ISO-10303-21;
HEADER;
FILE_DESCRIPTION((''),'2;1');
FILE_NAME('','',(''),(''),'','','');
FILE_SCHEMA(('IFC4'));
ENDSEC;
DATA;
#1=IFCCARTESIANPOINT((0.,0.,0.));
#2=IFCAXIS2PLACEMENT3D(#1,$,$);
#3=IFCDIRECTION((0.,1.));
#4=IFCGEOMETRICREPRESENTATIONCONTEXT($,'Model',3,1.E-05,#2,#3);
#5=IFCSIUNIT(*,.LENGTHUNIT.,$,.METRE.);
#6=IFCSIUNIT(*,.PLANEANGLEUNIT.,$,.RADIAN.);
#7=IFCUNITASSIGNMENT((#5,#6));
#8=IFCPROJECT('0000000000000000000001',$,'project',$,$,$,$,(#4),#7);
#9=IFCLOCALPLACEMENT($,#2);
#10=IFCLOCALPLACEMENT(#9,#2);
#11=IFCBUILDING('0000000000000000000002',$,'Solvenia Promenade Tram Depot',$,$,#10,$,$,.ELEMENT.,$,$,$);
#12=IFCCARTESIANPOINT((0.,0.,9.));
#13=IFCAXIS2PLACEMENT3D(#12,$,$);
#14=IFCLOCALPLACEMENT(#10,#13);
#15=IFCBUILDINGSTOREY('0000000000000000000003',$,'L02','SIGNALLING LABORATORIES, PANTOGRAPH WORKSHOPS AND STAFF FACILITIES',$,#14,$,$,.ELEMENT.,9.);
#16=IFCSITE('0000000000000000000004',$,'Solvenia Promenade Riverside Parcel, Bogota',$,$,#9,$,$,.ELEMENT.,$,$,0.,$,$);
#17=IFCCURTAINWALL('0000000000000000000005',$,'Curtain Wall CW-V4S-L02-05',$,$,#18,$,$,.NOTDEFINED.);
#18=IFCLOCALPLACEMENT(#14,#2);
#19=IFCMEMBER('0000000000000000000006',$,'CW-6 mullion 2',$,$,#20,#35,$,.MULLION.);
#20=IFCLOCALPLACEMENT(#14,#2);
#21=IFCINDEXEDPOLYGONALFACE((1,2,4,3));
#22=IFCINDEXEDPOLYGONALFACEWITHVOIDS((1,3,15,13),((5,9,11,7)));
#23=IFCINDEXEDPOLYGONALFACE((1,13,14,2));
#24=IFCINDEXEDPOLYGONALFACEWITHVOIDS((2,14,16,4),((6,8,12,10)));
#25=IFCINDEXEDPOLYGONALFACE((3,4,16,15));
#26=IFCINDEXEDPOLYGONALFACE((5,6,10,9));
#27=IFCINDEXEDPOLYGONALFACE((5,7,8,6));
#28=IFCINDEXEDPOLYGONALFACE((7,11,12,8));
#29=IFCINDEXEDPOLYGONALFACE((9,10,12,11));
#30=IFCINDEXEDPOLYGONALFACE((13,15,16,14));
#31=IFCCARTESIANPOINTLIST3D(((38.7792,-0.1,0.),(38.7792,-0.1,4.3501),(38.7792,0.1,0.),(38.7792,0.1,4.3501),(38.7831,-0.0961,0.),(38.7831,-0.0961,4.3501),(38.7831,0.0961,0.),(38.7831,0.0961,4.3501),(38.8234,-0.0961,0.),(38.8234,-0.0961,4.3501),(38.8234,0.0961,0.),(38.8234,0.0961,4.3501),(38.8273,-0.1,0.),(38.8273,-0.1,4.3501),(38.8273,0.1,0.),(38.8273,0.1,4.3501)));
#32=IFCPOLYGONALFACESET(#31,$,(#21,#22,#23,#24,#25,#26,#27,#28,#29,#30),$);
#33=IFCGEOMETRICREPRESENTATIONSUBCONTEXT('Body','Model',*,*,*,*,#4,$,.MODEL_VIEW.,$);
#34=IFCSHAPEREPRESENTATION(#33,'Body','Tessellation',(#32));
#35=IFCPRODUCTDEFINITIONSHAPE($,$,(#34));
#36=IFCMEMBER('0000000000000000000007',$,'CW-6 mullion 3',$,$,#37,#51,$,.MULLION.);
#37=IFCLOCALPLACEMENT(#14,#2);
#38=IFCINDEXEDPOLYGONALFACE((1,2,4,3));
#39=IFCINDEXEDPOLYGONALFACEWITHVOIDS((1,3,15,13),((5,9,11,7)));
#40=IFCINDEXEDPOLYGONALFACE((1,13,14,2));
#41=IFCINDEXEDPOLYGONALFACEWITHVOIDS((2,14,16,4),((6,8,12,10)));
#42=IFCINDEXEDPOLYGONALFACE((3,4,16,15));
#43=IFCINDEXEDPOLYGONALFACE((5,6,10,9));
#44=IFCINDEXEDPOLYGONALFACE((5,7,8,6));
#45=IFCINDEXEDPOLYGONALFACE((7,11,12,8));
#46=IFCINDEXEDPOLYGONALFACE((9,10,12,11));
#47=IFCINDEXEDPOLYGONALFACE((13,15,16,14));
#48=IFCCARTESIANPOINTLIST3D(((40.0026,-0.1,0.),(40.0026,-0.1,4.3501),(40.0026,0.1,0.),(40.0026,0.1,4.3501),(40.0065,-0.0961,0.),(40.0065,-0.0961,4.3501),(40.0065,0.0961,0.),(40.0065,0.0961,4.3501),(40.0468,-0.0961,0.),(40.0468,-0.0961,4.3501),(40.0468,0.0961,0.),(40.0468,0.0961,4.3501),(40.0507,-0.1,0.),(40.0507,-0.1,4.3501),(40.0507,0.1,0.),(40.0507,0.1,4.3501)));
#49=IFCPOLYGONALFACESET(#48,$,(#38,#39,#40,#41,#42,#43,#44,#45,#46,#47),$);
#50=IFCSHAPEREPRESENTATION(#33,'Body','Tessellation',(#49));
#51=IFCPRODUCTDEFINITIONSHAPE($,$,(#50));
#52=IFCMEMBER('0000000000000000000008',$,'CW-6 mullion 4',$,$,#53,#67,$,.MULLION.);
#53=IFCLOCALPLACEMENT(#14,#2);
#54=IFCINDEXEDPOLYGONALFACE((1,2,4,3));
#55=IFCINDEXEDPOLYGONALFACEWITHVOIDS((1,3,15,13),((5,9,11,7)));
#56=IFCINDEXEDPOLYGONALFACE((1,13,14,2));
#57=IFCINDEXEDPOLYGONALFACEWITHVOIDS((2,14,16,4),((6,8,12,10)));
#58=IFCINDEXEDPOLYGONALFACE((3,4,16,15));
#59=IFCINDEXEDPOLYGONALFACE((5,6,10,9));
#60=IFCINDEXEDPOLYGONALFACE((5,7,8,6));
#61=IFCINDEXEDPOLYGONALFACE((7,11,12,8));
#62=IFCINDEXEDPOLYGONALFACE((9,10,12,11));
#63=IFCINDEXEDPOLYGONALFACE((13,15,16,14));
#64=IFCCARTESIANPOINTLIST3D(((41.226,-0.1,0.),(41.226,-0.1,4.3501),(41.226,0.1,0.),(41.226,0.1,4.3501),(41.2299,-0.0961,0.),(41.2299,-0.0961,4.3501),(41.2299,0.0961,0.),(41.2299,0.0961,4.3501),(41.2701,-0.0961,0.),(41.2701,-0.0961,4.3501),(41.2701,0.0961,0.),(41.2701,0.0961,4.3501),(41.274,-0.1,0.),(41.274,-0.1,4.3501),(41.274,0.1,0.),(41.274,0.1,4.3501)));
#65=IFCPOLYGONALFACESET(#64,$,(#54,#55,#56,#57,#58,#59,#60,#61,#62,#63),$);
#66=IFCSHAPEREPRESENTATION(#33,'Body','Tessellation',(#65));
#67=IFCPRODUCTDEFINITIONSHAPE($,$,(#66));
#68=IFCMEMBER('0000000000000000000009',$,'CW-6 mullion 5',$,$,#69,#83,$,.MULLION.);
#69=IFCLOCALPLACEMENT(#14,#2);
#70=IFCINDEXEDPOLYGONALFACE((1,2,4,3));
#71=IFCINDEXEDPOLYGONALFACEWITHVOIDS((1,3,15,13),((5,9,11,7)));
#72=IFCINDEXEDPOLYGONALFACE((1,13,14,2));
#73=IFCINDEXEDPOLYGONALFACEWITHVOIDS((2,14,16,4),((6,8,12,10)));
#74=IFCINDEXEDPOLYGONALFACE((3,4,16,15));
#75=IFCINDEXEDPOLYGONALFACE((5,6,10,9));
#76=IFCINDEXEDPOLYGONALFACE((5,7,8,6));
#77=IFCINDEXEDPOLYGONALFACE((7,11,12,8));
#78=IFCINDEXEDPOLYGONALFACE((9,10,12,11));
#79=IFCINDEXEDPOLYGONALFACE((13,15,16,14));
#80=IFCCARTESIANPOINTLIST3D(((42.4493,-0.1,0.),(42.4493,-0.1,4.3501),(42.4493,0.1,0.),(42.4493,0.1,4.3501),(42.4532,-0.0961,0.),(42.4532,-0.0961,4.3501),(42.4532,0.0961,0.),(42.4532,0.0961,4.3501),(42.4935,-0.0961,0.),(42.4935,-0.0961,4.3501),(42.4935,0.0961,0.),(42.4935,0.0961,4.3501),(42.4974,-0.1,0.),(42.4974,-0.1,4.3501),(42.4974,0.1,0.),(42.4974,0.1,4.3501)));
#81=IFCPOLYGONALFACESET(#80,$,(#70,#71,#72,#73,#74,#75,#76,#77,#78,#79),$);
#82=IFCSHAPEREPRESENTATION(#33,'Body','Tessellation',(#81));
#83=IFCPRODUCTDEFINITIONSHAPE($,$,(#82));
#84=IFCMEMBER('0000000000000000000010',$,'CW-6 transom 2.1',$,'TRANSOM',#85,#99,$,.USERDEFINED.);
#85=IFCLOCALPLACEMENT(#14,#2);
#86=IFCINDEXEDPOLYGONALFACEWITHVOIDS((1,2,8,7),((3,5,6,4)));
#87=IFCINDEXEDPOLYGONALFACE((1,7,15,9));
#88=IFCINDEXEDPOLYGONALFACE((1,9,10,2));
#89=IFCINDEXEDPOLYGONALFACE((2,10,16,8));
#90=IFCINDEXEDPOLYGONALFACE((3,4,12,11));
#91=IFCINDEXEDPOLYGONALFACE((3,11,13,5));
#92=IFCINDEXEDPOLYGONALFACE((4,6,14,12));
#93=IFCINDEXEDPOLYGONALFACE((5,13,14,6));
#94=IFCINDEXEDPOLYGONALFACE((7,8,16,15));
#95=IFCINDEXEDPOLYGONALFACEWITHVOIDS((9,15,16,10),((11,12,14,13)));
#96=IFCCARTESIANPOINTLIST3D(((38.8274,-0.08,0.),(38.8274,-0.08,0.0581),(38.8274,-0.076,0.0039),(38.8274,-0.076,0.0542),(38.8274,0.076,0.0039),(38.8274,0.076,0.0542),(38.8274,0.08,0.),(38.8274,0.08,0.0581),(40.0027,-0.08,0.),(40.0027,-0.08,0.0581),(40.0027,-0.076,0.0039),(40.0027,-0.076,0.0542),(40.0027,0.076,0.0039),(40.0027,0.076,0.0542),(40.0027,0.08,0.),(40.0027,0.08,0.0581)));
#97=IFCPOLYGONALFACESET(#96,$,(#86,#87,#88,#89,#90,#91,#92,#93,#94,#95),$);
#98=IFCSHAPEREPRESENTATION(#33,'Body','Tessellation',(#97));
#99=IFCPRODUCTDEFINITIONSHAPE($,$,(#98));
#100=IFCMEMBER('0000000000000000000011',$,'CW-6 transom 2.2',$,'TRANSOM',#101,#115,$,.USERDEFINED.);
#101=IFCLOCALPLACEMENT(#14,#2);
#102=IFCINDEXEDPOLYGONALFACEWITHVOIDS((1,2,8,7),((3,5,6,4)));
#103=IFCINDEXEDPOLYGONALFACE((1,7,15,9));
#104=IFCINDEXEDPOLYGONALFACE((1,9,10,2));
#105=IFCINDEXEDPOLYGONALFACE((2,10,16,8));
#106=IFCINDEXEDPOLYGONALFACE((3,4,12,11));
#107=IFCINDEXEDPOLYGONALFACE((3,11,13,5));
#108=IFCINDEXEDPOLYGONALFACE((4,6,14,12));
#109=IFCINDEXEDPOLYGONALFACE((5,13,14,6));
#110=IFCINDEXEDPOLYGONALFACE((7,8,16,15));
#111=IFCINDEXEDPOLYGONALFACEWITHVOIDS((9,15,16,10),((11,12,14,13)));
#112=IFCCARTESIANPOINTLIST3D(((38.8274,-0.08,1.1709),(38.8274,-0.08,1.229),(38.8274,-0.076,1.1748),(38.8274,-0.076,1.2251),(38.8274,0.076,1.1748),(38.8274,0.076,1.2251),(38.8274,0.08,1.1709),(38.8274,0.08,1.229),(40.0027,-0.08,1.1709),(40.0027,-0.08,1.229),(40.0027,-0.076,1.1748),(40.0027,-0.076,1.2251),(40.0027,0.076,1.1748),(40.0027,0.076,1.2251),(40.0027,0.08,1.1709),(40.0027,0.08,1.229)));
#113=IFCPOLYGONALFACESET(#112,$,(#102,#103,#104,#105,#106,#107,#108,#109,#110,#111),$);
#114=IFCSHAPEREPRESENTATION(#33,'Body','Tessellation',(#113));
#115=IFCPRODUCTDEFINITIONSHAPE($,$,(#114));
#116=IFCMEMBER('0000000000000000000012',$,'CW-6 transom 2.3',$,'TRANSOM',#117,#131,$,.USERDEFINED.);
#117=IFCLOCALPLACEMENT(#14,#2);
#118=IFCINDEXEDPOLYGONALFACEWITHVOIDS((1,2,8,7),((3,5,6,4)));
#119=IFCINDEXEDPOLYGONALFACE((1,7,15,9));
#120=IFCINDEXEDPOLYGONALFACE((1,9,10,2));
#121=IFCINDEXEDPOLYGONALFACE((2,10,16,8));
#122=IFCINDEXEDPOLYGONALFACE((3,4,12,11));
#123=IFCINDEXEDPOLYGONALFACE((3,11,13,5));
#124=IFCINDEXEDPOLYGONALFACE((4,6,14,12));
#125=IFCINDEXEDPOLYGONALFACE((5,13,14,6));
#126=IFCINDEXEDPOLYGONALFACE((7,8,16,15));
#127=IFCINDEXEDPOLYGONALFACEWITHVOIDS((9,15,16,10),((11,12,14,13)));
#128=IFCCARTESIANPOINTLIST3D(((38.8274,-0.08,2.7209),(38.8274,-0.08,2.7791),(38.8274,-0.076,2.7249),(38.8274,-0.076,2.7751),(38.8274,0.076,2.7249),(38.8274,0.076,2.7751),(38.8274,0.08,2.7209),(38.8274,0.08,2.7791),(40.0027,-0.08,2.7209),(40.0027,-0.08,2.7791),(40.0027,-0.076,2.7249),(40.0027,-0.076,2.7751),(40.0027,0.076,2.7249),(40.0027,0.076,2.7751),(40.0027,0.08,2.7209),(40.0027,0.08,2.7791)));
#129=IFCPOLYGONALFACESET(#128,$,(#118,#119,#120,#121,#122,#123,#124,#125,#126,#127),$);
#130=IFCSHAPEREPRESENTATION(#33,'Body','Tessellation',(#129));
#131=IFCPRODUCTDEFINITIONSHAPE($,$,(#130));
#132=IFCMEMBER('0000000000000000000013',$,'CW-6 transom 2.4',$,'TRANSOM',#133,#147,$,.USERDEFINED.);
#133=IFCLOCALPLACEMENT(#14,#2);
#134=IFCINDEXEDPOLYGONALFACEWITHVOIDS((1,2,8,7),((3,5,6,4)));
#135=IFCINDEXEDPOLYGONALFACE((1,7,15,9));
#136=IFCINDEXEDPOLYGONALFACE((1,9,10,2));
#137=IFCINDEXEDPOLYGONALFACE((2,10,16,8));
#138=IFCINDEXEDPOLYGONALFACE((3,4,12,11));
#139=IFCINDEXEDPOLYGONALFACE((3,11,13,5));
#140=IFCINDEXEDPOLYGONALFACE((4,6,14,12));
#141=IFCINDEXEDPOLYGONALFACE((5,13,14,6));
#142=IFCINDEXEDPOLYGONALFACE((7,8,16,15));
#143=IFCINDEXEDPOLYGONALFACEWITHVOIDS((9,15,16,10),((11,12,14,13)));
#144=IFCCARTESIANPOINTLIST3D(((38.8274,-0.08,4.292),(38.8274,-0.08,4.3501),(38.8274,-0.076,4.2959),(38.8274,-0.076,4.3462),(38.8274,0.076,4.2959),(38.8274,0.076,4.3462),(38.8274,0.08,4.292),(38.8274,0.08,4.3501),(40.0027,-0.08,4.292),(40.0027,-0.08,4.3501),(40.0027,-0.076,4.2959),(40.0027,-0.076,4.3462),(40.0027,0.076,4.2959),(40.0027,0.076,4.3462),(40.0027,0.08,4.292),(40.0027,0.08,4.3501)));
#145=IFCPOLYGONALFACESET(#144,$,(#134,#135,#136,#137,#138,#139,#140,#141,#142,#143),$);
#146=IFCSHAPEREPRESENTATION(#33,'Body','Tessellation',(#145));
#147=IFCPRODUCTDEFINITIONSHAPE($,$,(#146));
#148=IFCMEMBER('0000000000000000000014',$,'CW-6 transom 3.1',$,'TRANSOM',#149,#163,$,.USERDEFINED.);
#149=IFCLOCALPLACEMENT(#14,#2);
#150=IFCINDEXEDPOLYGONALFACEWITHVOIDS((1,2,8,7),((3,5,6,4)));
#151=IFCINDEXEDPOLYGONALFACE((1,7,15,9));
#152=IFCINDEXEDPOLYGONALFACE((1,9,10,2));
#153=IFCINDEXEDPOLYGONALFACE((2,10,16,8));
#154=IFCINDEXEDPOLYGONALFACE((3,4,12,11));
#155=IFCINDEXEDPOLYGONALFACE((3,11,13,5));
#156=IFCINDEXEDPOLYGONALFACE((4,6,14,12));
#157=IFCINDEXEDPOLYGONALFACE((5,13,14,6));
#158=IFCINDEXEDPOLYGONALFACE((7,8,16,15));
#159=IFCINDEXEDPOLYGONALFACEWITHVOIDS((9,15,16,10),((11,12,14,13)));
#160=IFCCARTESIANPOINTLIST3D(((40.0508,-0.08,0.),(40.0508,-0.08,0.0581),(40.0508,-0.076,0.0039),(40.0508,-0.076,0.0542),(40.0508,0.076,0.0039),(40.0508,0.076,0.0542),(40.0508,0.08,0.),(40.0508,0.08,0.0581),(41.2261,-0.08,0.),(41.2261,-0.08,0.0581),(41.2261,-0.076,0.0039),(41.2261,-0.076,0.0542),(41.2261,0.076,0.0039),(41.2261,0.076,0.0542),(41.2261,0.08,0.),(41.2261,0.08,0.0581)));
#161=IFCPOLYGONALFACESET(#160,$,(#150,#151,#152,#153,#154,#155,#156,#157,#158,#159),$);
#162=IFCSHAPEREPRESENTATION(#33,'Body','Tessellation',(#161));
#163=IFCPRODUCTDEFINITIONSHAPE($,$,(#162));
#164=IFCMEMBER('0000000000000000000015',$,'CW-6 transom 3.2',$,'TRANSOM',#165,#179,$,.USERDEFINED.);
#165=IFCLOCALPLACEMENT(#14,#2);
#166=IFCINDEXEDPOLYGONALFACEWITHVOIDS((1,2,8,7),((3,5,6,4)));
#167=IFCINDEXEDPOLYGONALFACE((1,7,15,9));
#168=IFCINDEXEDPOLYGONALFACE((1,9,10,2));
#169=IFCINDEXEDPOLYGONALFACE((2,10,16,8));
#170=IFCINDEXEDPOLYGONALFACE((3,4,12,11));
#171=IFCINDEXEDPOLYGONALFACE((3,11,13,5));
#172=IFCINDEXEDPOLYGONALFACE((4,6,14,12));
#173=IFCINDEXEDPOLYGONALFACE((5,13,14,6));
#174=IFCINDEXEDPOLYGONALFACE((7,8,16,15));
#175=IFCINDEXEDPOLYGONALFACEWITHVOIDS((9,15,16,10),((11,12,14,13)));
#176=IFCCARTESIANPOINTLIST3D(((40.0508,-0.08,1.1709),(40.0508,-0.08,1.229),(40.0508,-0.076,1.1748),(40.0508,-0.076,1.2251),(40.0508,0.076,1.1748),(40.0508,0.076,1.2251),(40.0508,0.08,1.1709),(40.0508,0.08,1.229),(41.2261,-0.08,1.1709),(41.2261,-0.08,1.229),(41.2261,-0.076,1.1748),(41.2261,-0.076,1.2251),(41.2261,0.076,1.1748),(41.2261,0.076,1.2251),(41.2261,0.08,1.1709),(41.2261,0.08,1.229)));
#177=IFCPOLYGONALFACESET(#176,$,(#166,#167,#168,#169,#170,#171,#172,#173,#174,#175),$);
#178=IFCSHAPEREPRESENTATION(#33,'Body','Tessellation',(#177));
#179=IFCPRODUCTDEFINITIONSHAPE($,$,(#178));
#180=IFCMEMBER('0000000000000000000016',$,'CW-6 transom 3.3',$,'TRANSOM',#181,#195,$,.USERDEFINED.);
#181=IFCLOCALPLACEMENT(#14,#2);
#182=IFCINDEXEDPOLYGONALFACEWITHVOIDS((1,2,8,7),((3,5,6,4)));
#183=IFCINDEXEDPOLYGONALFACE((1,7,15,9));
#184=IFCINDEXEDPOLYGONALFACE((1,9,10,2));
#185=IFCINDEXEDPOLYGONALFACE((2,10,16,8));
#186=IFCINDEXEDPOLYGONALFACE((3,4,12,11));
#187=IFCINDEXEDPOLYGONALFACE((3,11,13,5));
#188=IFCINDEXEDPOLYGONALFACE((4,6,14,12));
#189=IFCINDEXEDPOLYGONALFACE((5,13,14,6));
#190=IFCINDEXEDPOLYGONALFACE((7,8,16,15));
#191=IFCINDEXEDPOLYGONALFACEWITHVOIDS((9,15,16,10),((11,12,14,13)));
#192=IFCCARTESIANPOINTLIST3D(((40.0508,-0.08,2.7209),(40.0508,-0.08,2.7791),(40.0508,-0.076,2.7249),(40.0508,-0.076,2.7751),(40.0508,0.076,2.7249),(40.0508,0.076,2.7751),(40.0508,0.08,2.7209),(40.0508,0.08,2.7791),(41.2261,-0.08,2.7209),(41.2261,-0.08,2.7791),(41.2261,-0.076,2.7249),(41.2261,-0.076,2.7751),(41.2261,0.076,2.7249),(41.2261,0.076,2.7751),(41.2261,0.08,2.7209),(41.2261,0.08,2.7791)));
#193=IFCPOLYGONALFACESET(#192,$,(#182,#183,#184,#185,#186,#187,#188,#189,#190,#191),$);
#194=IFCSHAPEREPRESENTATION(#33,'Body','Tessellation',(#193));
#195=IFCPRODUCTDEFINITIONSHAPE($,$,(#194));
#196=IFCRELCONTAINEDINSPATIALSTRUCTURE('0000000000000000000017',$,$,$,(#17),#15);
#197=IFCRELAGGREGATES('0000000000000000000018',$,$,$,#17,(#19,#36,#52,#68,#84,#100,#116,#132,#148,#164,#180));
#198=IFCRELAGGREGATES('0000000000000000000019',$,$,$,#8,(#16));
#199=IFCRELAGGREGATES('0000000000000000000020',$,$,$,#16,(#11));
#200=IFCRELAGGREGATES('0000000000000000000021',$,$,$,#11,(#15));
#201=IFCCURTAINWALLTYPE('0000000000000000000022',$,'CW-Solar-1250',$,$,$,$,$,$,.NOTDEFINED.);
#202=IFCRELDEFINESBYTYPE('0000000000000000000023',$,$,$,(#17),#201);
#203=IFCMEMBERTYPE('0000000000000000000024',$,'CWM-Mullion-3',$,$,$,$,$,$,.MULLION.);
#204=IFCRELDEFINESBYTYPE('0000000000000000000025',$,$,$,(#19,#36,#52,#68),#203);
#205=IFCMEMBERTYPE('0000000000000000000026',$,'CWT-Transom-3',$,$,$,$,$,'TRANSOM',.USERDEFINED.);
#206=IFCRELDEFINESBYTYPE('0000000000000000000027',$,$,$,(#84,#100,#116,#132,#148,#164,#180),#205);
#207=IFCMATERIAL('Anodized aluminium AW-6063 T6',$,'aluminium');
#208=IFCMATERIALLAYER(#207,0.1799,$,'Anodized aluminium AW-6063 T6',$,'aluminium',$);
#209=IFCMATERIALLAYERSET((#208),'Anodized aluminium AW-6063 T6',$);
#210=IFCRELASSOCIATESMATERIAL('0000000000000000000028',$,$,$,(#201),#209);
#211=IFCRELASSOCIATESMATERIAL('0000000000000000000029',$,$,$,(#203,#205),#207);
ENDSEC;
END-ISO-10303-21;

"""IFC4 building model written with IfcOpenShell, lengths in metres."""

from ifc_helpers import new_model, si_unit, direction, frame, origin, origin_2d, place, context, subcontext, project, spatial, hollow_rectangle, extrude, material, layer, layer_set, material_profile, profile_set, type_object, element, aggregate, save


model = new_model("IFC4")

# Units and contexts
model_context = context("Model", 3, precision=1e-05, world=origin(), true_north=direction((0.0, 1.0)))
body_context = subcontext(model_context, "Body", "Model", "MODEL_VIEW")
ifc_project = project(units=[si_unit("LENGTHUNIT", "METRE"), si_unit("PLANEANGLEUNIT", "RADIAN")], contexts=[model_context])

# Site, building, storey
site_placement = place(None, origin())
site = spatial("IfcSite", under=ifc_project, at=site_placement, Name="Solvenia Promenade Riverside Parcel, Bogota", CompositionType="ELEMENT", RefElevation=0.0)
building_placement = place(site_placement, origin())
building = spatial("IfcBuilding", under=site, at=building_placement, Name="Solvenia Promenade Tram Depot", CompositionType="ELEMENT")
storey_placement = place(building_placement, frame((0.0, 0.0, 9.0)))
storey = spatial("IfcBuildingStorey", under=building, at=storey_placement, Name="L02", Description="SIGNALLING LABORATORIES, PANTOGRAPH WORKSHOPS AND STAFF FACILITIES", CompositionType="ELEMENT", Elevation=9.0)

# Curtain wall, members
ifc_material_1 = material(Name="Anodized aluminium AW-6063 T6", Category="aluminium")
ifc_layer_1 = layer(ifc_material_1, 0.1799, Name="Anodized aluminium AW-6063 T6", Category="aluminium")
ifc_layer_set_1 = layer_set([ifc_layer_1], Name="Anodized aluminium AW-6063 T6")
curtain_wall_type = type_object("IfcCurtainWallType", Name="CW-Solar-1250", PredefinedType="NOTDEFINED", material=ifc_layer_set_1)
curtain_wall_placement = place(storey_placement, origin())
curtain_wall = element("IfcCurtainWall", 1, at=curtain_wall_placement, inside=storey, type_object=curtain_wall_type, Name="Curtain Wall CW-V4S-L02-05", PredefinedType="NOTDEFINED")
ifc_material_profile_1 = material_profile(ifc_material_1, hollow_rectangle(XDim=0.2, YDim=0.0481, WallThickness=0.0039, at=origin_2d()), Name="ALU-M3", Category="aluminium")
ifc_profile_set_1 = profile_set([ifc_material_profile_1], Name="Anodized aluminium AW-6063 T6")
member_type_1 = type_object("IfcMemberType", Name="CWM-Mullion-3", PredefinedType="MULLION", material=ifc_profile_set_1)
member_1_placement = place(storey_placement, frame((38.8032, 0.0, 0.0), z_axis=(0.0, 0.0, 1.0), x_axis=(0.0, 1.0, 0.0)))
member_1 = element("IfcMember", 2, at=member_1_placement, type_object=member_type_1, Name="CW-6 mullion 2", PredefinedType="MULLION", context=body_context, shape_type="SweptSolid", body=[
    extrude(hollow_rectangle(XDim=0.2, YDim=0.0481, WallThickness=0.0039, at=origin_2d()), origin(), (0.0, 0.0, 1.0), 4.3501),
])
member_2_placement = place(storey_placement, frame((40.0266, 0.0, 0.0), z_axis=(0.0, 0.0, 1.0), x_axis=(0.0, 1.0, 0.0)))
member_2 = element("IfcMember", 3, at=member_2_placement, type_object=member_type_1, Name="CW-6 mullion 3", PredefinedType="MULLION", context=body_context, shape_type="SweptSolid", body=[
    extrude(hollow_rectangle(XDim=0.2, YDim=0.0481, WallThickness=0.0039, at=origin_2d()), origin(), (0.0, 0.0, 1.0), 4.3501),
])
member_3_placement = place(storey_placement, frame((41.25, 0.0, 0.0), z_axis=(0.0, 0.0, 1.0), x_axis=(0.0, 1.0, 0.0)))
member_3 = element("IfcMember", 4, at=member_3_placement, type_object=member_type_1, Name="CW-6 mullion 4", PredefinedType="MULLION", context=body_context, shape_type="SweptSolid", body=[
    extrude(hollow_rectangle(XDim=0.2, YDim=0.0481, WallThickness=0.0039, at=origin_2d()), origin(), (0.0, 0.0, 1.0), 4.3501),
])
member_4_placement = place(storey_placement, frame((42.4734, 0.0, 0.0), z_axis=(0.0, 0.0, 1.0), x_axis=(0.0, 1.0, 0.0)))
member_4 = element("IfcMember", 5, at=member_4_placement, type_object=member_type_1, Name="CW-6 mullion 5", PredefinedType="MULLION", context=body_context, shape_type="SweptSolid", body=[
    extrude(hollow_rectangle(XDim=0.2, YDim=0.0481, WallThickness=0.0039, at=origin_2d()), origin(), (0.0, 0.0, 1.0), 4.3501),
])
ifc_material_profile_2 = material_profile(ifc_material_1, hollow_rectangle(XDim=0.1599, YDim=0.0581, WallThickness=0.0039, at=origin_2d()), Name="ALU-T3", Category="aluminium")
ifc_profile_set_2 = profile_set([ifc_material_profile_2], Name="Anodized aluminium AW-6063 T6")
member_type_2 = type_object("IfcMemberType", Name="CWT-Transom-3", ElementType="TRANSOM", PredefinedType="USERDEFINED", material=ifc_profile_set_2)
member_5_placement = place(storey_placement, frame((38.8274, 0.0, 0.0291), z_axis=(1.0, 0.0, 0.0), x_axis=(0.0, 1.0, 0.0)))
member_5 = element("IfcMember", 6, at=member_5_placement, type_object=member_type_2, Name="CW-6 transom 2.1", ObjectType="TRANSOM", PredefinedType="USERDEFINED", context=body_context, shape_type="SweptSolid", body=[
    extrude(hollow_rectangle(XDim=0.1599, YDim=0.0581, WallThickness=0.0039, at=origin_2d()), origin(), (0.0, 0.0, 1.0), 1.1753),
])
member_6_placement = place(storey_placement, frame((38.8274, 0.0, 1.2), z_axis=(1.0, 0.0, 0.0), x_axis=(0.0, 1.0, 0.0)))
member_6 = element("IfcMember", 7, at=member_6_placement, type_object=member_type_2, Name="CW-6 transom 2.2", ObjectType="TRANSOM", PredefinedType="USERDEFINED", context=body_context, shape_type="SweptSolid", body=[
    extrude(hollow_rectangle(XDim=0.1599, YDim=0.0581, WallThickness=0.0039, at=origin_2d()), origin(), (0.0, 0.0, 1.0), 1.1753),
])
member_7_placement = place(storey_placement, frame((38.8274, 0.0, 2.75), z_axis=(1.0, 0.0, 0.0), x_axis=(0.0, 1.0, 0.0)))
member_7 = element("IfcMember", 8, at=member_7_placement, type_object=member_type_2, Name="CW-6 transom 2.3", ObjectType="TRANSOM", PredefinedType="USERDEFINED", context=body_context, shape_type="SweptSolid", body=[
    extrude(hollow_rectangle(XDim=0.1599, YDim=0.0581, WallThickness=0.0039, at=origin_2d()), origin(), (0.0, 0.0, 1.0), 1.1753),
])
member_8_placement = place(storey_placement, frame((38.8274, 0.0, 4.321), z_axis=(1.0, 0.0, 0.0), x_axis=(0.0, 1.0, 0.0)))
member_8 = element("IfcMember", 9, at=member_8_placement, type_object=member_type_2, Name="CW-6 transom 2.4", ObjectType="TRANSOM", PredefinedType="USERDEFINED", context=body_context, shape_type="SweptSolid", body=[
    extrude(hollow_rectangle(XDim=0.1599, YDim=0.0581, WallThickness=0.0039, at=origin_2d()), origin(), (0.0, 0.0, 1.0), 1.1753),
])
member_9_placement = place(storey_placement, frame((40.0508, 0.0, 0.0291), z_axis=(1.0, 0.0, 0.0), x_axis=(0.0, 1.0, 0.0)))
member_9 = element("IfcMember", 10, at=member_9_placement, type_object=member_type_2, Name="CW-6 transom 3.1", ObjectType="TRANSOM", PredefinedType="USERDEFINED", context=body_context, shape_type="SweptSolid", body=[
    extrude(hollow_rectangle(XDim=0.1599, YDim=0.0581, WallThickness=0.0039, at=origin_2d()), origin(), (0.0, 0.0, 1.0), 1.1753),
])
member_10_placement = place(storey_placement, frame((40.0508, 0.0, 1.2), z_axis=(1.0, 0.0, 0.0), x_axis=(0.0, 1.0, 0.0)))
member_10 = element("IfcMember", 11, at=member_10_placement, type_object=member_type_2, Name="CW-6 transom 3.2", ObjectType="TRANSOM", PredefinedType="USERDEFINED", context=body_context, shape_type="SweptSolid", body=[
    extrude(hollow_rectangle(XDim=0.1599, YDim=0.0581, WallThickness=0.0039, at=origin_2d()), origin(), (0.0, 0.0, 1.0), 1.1753),
])
member_11_placement = place(storey_placement, frame((40.0508, 0.0, 2.75), z_axis=(1.0, 0.0, 0.0), x_axis=(0.0, 1.0, 0.0)))
member_11 = element("IfcMember", 12, at=member_11_placement, type_object=member_type_2, Name="CW-6 transom 3.3", ObjectType="TRANSOM", PredefinedType="USERDEFINED", context=body_context, shape_type="SweptSolid", body=[
    extrude(hollow_rectangle(XDim=0.1599, YDim=0.0581, WallThickness=0.0039, at=origin_2d()), origin(), (0.0, 0.0, 1.0), 1.1753),
])
aggregate(curtain_wall, [member_1, member_2, member_3, member_4, member_5, member_6, member_7, member_8, member_9, member_10, member_11])

save(model, "model.ifc")
